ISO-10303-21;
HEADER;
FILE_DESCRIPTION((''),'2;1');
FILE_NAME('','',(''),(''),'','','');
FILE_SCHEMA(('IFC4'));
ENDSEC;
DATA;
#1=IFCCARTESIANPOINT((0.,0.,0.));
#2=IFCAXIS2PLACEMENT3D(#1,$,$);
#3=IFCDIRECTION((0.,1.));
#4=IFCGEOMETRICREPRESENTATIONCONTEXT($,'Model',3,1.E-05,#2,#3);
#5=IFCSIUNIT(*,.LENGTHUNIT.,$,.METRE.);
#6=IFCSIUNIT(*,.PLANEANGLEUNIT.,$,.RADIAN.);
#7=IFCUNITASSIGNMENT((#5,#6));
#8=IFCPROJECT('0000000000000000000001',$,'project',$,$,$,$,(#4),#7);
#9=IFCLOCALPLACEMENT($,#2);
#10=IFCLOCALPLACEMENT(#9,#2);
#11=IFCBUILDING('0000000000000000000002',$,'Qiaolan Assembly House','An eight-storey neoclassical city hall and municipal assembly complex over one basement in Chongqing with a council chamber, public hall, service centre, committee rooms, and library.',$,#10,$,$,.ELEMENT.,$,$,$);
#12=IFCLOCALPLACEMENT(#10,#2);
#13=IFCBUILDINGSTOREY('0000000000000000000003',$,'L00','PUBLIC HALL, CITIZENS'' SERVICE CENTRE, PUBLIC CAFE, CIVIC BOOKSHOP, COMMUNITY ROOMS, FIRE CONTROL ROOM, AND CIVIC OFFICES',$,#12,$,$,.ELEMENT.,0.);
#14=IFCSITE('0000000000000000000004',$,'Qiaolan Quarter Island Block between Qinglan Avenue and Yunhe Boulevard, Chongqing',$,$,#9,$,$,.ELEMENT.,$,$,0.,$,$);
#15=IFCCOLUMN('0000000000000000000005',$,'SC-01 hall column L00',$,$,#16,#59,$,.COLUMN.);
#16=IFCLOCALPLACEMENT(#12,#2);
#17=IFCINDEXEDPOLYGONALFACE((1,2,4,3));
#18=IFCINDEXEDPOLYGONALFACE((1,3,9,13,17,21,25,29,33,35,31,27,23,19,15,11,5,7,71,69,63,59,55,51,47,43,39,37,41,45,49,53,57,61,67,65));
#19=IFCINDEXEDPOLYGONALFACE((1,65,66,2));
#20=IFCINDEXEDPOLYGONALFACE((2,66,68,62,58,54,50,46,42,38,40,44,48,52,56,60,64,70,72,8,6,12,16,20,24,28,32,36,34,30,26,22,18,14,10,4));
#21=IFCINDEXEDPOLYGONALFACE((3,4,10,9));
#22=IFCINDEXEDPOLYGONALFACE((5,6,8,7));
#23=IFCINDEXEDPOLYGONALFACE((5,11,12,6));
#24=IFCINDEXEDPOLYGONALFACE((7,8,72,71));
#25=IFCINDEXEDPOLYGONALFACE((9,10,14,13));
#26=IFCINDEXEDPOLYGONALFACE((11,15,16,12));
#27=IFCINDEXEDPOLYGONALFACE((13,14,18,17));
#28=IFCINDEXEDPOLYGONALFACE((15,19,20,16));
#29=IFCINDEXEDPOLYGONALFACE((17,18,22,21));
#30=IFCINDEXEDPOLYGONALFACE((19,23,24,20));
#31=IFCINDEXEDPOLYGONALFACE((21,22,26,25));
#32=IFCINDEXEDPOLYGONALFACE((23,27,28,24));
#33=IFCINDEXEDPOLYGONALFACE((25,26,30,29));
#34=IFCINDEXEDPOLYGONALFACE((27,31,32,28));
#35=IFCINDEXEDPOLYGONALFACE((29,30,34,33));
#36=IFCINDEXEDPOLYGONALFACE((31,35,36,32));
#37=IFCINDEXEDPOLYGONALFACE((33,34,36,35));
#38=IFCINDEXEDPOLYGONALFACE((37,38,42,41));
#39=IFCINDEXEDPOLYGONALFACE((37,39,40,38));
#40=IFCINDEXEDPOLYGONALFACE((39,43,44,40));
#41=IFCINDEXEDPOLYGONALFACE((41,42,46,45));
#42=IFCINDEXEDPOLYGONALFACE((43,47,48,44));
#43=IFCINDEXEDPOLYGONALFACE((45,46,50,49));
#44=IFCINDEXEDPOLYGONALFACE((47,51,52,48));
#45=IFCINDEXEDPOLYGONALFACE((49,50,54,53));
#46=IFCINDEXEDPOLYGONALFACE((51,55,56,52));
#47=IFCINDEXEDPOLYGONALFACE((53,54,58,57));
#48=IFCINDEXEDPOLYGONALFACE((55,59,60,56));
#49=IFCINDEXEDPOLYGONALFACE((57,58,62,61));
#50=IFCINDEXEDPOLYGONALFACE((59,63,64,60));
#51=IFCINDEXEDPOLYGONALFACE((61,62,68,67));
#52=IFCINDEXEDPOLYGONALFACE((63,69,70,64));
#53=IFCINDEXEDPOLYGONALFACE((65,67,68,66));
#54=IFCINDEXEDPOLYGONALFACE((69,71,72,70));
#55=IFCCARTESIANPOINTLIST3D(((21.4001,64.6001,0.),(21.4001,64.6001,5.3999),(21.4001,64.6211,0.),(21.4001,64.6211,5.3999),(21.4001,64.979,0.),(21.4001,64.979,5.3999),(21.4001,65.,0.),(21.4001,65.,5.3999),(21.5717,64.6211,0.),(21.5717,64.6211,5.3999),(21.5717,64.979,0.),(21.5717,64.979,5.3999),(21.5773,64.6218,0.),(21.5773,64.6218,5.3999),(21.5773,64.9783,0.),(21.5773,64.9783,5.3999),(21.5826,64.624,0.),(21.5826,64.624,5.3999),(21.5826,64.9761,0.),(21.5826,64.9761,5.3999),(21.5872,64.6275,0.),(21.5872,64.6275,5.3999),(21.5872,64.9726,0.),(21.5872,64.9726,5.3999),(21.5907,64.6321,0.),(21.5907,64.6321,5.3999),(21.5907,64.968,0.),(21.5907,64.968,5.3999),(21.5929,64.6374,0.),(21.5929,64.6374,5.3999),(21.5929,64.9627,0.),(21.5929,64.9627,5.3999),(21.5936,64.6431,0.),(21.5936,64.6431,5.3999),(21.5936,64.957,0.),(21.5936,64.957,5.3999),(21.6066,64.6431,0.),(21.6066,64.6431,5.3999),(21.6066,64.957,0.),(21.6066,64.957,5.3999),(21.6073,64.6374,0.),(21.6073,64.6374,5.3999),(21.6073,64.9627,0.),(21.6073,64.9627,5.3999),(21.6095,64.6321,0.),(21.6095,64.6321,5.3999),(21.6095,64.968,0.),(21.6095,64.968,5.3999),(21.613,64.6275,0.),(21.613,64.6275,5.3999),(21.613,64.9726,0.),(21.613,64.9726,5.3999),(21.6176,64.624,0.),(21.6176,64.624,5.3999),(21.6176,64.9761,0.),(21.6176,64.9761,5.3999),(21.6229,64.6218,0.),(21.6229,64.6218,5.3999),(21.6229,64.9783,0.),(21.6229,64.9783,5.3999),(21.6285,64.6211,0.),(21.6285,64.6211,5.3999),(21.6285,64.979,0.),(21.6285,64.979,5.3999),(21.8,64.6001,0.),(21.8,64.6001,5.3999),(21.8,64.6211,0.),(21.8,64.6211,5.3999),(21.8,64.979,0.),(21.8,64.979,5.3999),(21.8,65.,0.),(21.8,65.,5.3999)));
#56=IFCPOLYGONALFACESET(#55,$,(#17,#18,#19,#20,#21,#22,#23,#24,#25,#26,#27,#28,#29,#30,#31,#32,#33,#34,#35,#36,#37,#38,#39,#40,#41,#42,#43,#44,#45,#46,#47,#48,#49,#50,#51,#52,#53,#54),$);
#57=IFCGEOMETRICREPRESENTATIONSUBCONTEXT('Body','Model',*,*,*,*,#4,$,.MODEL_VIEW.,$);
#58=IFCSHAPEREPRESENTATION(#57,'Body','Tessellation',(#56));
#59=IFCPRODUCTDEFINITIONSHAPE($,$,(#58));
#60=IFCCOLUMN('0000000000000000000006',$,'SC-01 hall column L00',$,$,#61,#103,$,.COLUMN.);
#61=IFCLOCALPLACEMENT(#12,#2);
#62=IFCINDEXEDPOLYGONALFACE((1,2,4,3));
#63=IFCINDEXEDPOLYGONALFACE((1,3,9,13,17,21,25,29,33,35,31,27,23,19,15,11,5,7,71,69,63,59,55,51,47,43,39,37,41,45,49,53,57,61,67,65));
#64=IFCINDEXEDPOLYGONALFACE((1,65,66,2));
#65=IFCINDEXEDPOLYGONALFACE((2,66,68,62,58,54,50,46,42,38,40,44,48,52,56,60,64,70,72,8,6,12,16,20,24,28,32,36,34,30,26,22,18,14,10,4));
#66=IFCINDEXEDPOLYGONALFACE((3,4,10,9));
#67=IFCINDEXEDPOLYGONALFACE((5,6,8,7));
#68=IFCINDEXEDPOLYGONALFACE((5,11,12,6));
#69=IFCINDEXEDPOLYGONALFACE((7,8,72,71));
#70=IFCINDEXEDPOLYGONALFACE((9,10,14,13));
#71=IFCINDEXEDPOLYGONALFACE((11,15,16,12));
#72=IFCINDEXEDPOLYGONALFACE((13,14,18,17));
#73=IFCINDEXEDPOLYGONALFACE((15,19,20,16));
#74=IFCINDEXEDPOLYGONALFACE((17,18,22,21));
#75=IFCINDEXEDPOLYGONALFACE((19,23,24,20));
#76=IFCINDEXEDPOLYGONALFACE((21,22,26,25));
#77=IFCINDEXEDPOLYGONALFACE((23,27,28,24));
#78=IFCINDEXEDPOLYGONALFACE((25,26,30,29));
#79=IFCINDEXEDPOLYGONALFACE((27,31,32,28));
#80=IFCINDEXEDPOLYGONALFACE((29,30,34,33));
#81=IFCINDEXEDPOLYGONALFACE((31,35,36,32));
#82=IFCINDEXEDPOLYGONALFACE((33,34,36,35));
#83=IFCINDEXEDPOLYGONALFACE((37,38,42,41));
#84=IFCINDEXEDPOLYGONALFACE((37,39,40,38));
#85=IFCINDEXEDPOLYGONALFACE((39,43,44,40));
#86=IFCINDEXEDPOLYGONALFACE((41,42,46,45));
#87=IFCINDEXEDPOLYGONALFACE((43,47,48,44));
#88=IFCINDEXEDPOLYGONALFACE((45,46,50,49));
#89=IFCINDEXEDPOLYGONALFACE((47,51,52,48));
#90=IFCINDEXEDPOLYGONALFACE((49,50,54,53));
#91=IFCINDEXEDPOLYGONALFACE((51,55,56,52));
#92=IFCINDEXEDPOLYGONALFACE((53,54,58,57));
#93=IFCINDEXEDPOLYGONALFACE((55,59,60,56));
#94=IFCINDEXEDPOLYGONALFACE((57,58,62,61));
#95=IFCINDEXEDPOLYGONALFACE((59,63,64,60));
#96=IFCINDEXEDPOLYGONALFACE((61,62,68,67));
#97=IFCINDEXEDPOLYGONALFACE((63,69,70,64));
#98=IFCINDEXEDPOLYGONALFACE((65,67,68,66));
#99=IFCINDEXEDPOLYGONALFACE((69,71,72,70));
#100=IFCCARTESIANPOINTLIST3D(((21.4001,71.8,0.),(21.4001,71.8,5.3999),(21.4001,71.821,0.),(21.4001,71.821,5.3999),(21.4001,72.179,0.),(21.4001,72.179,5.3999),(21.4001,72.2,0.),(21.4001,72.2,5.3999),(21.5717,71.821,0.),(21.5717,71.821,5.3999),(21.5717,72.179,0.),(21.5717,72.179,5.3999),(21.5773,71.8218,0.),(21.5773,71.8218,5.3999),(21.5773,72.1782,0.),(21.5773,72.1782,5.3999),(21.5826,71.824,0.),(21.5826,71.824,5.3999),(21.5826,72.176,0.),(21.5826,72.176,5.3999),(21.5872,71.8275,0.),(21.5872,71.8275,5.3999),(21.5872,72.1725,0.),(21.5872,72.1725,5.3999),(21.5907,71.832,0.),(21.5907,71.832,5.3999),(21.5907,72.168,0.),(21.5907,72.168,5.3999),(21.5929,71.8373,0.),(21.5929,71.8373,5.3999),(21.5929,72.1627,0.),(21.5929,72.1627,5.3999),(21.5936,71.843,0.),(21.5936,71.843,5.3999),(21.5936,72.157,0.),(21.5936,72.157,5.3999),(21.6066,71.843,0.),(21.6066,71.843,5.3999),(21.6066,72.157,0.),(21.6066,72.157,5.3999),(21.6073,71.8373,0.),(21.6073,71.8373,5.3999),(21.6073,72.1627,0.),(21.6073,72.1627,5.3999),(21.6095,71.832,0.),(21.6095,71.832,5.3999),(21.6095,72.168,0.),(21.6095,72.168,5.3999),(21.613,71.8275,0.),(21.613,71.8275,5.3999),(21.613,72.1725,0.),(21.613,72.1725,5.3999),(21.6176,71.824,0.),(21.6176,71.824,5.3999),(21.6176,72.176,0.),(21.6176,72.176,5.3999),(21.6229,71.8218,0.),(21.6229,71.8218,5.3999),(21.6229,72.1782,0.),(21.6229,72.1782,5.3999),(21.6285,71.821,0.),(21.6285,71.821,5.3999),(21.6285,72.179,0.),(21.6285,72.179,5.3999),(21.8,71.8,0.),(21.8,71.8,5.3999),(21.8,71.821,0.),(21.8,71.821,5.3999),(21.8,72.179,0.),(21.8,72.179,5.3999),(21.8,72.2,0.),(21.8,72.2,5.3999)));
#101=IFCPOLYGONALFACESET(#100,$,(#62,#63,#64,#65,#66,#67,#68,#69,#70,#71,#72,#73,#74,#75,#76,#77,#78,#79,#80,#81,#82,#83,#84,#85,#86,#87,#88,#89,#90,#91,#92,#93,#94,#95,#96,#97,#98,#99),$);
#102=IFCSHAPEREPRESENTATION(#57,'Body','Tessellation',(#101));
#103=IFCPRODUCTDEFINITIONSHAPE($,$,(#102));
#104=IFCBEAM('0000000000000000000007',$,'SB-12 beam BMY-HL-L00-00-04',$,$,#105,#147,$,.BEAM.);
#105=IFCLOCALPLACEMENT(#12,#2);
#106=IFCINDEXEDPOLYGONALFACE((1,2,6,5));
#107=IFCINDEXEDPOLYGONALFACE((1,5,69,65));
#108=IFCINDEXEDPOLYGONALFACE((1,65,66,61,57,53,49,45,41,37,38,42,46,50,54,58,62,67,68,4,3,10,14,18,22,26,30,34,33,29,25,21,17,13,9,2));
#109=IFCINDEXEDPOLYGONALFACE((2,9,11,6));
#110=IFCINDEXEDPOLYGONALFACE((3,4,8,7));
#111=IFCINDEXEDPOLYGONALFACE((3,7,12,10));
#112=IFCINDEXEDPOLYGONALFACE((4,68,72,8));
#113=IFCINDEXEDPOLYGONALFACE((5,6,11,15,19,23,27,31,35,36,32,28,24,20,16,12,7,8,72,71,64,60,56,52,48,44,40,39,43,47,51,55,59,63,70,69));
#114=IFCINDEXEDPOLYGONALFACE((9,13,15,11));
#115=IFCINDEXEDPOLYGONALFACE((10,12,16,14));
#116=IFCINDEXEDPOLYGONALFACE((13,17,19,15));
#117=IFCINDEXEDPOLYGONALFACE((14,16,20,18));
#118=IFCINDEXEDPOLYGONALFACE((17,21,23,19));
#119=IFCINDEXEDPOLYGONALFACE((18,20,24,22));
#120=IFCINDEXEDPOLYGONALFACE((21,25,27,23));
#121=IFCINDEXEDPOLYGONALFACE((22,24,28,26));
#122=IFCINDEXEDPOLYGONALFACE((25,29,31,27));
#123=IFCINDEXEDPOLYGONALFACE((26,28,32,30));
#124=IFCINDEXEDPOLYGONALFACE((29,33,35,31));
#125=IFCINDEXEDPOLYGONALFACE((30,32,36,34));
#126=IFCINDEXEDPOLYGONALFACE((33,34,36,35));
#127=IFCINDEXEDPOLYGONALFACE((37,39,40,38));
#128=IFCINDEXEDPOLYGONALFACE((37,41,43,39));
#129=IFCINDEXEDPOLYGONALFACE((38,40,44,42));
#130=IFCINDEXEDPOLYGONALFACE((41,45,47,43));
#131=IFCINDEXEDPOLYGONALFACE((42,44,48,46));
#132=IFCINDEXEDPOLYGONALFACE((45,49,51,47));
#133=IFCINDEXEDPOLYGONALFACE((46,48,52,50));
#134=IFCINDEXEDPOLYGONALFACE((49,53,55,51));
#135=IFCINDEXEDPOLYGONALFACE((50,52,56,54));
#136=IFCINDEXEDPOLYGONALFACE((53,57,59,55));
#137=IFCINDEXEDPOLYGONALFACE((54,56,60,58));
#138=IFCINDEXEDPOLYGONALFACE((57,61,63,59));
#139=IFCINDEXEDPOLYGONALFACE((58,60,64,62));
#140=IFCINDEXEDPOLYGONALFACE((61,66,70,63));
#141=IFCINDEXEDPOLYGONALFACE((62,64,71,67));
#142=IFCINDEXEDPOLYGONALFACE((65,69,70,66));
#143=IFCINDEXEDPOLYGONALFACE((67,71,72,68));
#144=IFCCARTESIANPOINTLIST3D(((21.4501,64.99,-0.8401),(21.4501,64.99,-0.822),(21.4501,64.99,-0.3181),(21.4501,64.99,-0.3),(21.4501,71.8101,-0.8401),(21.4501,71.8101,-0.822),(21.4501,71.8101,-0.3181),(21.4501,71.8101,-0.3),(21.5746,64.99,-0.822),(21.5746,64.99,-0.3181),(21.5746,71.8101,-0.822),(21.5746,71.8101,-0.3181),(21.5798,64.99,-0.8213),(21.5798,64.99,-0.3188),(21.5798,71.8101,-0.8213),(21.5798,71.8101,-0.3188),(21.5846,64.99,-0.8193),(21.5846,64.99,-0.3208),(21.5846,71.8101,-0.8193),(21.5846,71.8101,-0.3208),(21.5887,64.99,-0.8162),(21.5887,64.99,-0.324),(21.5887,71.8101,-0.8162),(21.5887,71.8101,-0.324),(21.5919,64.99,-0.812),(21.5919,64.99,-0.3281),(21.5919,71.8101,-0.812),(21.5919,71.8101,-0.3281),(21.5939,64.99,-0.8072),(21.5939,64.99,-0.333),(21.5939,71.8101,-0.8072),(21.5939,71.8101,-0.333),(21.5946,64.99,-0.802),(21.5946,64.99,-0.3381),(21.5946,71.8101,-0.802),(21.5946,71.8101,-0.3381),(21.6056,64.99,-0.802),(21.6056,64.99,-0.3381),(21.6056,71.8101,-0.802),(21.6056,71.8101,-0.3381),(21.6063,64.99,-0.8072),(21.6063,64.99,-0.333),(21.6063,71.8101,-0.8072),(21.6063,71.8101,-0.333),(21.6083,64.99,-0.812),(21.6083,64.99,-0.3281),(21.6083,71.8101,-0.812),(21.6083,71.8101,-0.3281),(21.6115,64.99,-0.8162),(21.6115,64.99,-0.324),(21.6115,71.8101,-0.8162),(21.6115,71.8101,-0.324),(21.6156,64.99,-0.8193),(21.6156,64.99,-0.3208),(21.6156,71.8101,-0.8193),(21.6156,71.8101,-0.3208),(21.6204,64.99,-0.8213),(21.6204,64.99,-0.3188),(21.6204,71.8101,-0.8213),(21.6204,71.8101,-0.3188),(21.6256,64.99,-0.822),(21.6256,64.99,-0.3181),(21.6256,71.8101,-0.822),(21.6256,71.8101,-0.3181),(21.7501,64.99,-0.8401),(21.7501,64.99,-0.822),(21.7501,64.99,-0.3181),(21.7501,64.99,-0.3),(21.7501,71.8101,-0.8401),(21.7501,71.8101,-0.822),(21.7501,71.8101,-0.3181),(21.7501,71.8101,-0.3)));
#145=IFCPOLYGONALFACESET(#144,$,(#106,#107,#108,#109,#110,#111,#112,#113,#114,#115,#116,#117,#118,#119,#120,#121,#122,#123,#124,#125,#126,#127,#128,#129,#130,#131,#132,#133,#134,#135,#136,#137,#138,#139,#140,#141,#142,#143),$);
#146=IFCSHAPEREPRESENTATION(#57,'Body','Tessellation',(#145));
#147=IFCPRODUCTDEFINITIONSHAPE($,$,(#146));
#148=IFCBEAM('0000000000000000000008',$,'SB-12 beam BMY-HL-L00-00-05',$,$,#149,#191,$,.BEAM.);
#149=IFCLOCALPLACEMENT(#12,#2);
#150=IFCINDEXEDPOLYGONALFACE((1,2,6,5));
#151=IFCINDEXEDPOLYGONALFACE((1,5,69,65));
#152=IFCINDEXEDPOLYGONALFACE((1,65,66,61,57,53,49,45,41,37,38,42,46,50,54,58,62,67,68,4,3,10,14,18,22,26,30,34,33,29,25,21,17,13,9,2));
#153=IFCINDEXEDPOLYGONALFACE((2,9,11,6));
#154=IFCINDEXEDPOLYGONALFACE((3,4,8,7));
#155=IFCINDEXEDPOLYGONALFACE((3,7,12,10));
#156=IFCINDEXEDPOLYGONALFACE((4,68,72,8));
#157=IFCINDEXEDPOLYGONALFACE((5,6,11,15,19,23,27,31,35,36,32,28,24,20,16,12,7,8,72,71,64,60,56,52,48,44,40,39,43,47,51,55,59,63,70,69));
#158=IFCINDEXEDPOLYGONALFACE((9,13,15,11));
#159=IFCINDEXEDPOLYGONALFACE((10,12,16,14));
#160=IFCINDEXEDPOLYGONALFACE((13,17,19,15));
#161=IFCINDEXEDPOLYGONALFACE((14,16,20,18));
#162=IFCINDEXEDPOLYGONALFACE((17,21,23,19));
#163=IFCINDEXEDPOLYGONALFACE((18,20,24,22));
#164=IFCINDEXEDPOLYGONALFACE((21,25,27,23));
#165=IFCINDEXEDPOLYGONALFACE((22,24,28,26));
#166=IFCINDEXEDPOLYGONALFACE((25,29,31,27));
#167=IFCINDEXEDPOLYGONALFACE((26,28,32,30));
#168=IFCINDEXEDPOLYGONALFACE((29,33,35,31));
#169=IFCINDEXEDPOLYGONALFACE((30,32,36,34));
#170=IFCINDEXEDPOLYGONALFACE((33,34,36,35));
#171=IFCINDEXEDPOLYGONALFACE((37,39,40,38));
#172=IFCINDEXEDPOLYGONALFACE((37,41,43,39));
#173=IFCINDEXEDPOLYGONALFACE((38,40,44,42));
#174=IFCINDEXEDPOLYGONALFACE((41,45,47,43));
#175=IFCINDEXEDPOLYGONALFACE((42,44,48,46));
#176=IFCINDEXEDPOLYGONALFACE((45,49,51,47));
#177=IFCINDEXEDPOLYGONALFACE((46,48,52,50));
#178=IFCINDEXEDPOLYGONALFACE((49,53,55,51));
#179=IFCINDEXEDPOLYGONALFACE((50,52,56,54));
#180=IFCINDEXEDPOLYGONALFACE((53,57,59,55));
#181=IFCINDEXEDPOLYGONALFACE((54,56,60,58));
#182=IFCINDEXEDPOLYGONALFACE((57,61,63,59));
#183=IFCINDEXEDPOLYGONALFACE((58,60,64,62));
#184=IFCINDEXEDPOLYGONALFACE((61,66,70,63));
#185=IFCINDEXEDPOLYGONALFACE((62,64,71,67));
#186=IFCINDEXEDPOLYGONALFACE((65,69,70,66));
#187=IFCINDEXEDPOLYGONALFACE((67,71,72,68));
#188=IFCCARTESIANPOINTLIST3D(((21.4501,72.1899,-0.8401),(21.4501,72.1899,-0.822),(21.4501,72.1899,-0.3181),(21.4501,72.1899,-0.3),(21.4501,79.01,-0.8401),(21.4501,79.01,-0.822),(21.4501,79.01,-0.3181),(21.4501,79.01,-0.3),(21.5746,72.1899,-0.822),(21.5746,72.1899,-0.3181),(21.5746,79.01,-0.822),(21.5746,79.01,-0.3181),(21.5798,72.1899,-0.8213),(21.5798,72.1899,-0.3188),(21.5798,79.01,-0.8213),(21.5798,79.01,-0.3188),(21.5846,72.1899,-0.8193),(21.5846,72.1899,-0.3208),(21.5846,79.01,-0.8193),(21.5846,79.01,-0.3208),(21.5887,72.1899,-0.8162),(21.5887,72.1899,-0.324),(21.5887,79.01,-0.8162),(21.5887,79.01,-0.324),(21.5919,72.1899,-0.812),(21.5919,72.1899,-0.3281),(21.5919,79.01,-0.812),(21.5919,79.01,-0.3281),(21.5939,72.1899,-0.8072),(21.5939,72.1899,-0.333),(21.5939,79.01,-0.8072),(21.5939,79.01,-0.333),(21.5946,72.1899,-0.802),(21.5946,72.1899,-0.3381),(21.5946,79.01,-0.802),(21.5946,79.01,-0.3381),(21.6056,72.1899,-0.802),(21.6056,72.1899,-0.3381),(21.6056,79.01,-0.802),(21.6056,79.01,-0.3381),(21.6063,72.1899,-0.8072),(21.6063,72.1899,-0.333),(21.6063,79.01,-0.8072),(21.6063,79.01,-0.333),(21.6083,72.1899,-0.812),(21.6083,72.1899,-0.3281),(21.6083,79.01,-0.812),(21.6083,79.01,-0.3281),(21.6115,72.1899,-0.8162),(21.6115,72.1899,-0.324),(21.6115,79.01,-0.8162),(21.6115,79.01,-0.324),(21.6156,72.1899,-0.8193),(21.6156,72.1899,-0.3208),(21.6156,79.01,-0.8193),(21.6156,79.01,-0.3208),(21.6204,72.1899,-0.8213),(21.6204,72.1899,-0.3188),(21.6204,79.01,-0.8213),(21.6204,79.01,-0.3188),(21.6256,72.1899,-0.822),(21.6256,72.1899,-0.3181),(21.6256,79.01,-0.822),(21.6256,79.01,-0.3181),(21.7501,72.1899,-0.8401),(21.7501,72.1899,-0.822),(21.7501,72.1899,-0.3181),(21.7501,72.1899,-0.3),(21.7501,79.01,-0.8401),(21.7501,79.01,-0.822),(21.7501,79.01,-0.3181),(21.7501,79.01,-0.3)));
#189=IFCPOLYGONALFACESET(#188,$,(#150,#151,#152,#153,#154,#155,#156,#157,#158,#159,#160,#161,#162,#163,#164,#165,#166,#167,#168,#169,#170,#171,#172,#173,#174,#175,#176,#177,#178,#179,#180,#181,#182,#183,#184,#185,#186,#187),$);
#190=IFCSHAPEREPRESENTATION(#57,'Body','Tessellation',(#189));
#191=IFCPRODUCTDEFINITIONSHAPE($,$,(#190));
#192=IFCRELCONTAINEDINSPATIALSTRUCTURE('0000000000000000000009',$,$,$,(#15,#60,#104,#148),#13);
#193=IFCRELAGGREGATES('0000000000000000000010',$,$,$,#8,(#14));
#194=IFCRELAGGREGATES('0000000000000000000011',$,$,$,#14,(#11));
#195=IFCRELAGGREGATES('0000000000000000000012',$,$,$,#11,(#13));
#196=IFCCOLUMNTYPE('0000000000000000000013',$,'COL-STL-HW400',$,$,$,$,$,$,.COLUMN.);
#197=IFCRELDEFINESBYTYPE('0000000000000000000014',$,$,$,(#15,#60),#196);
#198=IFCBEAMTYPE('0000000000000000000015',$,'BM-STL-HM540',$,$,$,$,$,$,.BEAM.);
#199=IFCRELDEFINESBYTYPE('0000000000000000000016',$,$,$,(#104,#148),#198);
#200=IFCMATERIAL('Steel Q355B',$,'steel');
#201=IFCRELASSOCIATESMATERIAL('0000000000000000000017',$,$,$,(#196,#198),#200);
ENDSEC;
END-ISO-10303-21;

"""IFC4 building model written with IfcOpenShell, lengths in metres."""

from ifc_helpers import new_model, si_unit, direction, frame, origin, origin_2d, place, context, subcontext, project, spatial, i_section, extrude, material, material_profile, profile_set, type_object, element, save


model = new_model("IFC4")

# Units and contexts
model_context = context("Model", 3, precision=1e-05, world=origin(), true_north=direction((0.0, 1.0)))
body_context = subcontext(model_context, "Body", "Model", "MODEL_VIEW")
ifc_project = project(units=[si_unit("LENGTHUNIT", "METRE"), si_unit("PLANEANGLEUNIT", "RADIAN")], contexts=[model_context])

# Site, building, storey
site_placement = place(None, origin())
site = spatial("IfcSite", under=ifc_project, at=site_placement, Name="Qiaolan Quarter Island Block between Qinglan Avenue and Yunhe Boulevard, Chongqing", CompositionType="ELEMENT", RefElevation=0.0)
building_placement = place(site_placement, origin())
building = spatial("IfcBuilding", under=site, at=building_placement, Name="Qiaolan Assembly House", Description="An eight-storey neoclassical city hall and municipal assembly complex over one basement in Chongqing with a council chamber, public hall, service centre, committee rooms, and library.", CompositionType="ELEMENT")
storey_placement = place(building_placement, origin())
storey = spatial("IfcBuildingStorey", under=building, at=storey_placement, Name="L00", Description="PUBLIC HALL, CITIZENS' SERVICE CENTRE, PUBLIC CAFE, CIVIC BOOKSHOP, COMMUNITY ROOMS, FIRE CONTROL ROOM, AND CIVIC OFFICES", CompositionType="ELEMENT", Elevation=0.0)

# Columns
ifc_material_1 = material(Name="Steel Q355B", Category="steel")
ifc_material_profile_1 = material_profile(ifc_material_1, i_section(OverallWidth=0.3999, OverallDepth=0.3999, WebThickness=0.0129, FlangeThickness=0.021, FilletRadius=0.022, at=origin_2d()), Name="HW 400x400x13x21")
ifc_profile_set_1 = profile_set([ifc_material_profile_1], Name="Steel Q355B")
column_type = type_object("IfcColumnType", Name="COL-STL-HW400", PredefinedType="COLUMN", material=ifc_profile_set_1)
for number, where, z_axis, x_axis, name in (
    (1, (21.6001, 64.8, 0.0), (0.0, 0.0, 1.0), (1.0, 0.0, 0.0), "SC-01 hall column L00"),
    (2, (21.6001, 72.0, 0.0), (0.0, 0.0, 1.0), (1.0, 0.0, 0.0), "SC-01 hall column L00"),
):
    element("IfcColumn", number, at=place(storey_placement, frame(where, z_axis=z_axis, x_axis=x_axis)), inside=storey, type_object=column_type, Name=name, PredefinedType="COLUMN", context=body_context, shape_type="SweptSolid", body=[
        extrude(i_section(OverallWidth=0.3999, OverallDepth=0.3999, WebThickness=0.0129, FlangeThickness=0.021, FilletRadius=0.022, at=origin_2d()), origin(), (0.0, 0.0, 1.0), 5.3999),
    ])

# Beams
ifc_material_profile_2 = material_profile(ifc_material_1, i_section(OverallWidth=0.3, OverallDepth=0.54, WebThickness=0.011, FlangeThickness=0.0181, FilletRadius=0.02, at=origin_2d()), Name="HM 540x300x11x18")
ifc_profile_set_2 = profile_set([ifc_material_profile_2], Name="Steel Q355B")
beam_type_1 = type_object("IfcBeamType", Name="BM-STL-HM540", PredefinedType="BEAM", material=ifc_profile_set_2)
for number, where, z_axis, x_axis, name in (
    (3, (21.6001, 64.99, -0.5701), (0.0, 1.0, 0.0), (-1.0, 0.0, 0.0), "SB-12 beam BMY-HL-L00-00-04"),
    (4, (21.6001, 72.1899, -0.5701), (0.0, 1.0, 0.0), (-1.0, 0.0, 0.0), "SB-12 beam BMY-HL-L00-00-05"),
):
    element("IfcBeam", number, at=place(storey_placement, frame(where, z_axis=z_axis, x_axis=x_axis)), inside=storey, type_object=beam_type_1, Name=name, PredefinedType="BEAM", context=body_context, shape_type="SweptSolid", body=[
        extrude(i_section(OverallWidth=0.3, OverallDepth=0.54, WebThickness=0.011, FlangeThickness=0.0181, FilletRadius=0.02, at=origin_2d()), origin(), (0.0, 0.0, 1.0), 6.8201),
    ])

save(model, "model.ifc")
